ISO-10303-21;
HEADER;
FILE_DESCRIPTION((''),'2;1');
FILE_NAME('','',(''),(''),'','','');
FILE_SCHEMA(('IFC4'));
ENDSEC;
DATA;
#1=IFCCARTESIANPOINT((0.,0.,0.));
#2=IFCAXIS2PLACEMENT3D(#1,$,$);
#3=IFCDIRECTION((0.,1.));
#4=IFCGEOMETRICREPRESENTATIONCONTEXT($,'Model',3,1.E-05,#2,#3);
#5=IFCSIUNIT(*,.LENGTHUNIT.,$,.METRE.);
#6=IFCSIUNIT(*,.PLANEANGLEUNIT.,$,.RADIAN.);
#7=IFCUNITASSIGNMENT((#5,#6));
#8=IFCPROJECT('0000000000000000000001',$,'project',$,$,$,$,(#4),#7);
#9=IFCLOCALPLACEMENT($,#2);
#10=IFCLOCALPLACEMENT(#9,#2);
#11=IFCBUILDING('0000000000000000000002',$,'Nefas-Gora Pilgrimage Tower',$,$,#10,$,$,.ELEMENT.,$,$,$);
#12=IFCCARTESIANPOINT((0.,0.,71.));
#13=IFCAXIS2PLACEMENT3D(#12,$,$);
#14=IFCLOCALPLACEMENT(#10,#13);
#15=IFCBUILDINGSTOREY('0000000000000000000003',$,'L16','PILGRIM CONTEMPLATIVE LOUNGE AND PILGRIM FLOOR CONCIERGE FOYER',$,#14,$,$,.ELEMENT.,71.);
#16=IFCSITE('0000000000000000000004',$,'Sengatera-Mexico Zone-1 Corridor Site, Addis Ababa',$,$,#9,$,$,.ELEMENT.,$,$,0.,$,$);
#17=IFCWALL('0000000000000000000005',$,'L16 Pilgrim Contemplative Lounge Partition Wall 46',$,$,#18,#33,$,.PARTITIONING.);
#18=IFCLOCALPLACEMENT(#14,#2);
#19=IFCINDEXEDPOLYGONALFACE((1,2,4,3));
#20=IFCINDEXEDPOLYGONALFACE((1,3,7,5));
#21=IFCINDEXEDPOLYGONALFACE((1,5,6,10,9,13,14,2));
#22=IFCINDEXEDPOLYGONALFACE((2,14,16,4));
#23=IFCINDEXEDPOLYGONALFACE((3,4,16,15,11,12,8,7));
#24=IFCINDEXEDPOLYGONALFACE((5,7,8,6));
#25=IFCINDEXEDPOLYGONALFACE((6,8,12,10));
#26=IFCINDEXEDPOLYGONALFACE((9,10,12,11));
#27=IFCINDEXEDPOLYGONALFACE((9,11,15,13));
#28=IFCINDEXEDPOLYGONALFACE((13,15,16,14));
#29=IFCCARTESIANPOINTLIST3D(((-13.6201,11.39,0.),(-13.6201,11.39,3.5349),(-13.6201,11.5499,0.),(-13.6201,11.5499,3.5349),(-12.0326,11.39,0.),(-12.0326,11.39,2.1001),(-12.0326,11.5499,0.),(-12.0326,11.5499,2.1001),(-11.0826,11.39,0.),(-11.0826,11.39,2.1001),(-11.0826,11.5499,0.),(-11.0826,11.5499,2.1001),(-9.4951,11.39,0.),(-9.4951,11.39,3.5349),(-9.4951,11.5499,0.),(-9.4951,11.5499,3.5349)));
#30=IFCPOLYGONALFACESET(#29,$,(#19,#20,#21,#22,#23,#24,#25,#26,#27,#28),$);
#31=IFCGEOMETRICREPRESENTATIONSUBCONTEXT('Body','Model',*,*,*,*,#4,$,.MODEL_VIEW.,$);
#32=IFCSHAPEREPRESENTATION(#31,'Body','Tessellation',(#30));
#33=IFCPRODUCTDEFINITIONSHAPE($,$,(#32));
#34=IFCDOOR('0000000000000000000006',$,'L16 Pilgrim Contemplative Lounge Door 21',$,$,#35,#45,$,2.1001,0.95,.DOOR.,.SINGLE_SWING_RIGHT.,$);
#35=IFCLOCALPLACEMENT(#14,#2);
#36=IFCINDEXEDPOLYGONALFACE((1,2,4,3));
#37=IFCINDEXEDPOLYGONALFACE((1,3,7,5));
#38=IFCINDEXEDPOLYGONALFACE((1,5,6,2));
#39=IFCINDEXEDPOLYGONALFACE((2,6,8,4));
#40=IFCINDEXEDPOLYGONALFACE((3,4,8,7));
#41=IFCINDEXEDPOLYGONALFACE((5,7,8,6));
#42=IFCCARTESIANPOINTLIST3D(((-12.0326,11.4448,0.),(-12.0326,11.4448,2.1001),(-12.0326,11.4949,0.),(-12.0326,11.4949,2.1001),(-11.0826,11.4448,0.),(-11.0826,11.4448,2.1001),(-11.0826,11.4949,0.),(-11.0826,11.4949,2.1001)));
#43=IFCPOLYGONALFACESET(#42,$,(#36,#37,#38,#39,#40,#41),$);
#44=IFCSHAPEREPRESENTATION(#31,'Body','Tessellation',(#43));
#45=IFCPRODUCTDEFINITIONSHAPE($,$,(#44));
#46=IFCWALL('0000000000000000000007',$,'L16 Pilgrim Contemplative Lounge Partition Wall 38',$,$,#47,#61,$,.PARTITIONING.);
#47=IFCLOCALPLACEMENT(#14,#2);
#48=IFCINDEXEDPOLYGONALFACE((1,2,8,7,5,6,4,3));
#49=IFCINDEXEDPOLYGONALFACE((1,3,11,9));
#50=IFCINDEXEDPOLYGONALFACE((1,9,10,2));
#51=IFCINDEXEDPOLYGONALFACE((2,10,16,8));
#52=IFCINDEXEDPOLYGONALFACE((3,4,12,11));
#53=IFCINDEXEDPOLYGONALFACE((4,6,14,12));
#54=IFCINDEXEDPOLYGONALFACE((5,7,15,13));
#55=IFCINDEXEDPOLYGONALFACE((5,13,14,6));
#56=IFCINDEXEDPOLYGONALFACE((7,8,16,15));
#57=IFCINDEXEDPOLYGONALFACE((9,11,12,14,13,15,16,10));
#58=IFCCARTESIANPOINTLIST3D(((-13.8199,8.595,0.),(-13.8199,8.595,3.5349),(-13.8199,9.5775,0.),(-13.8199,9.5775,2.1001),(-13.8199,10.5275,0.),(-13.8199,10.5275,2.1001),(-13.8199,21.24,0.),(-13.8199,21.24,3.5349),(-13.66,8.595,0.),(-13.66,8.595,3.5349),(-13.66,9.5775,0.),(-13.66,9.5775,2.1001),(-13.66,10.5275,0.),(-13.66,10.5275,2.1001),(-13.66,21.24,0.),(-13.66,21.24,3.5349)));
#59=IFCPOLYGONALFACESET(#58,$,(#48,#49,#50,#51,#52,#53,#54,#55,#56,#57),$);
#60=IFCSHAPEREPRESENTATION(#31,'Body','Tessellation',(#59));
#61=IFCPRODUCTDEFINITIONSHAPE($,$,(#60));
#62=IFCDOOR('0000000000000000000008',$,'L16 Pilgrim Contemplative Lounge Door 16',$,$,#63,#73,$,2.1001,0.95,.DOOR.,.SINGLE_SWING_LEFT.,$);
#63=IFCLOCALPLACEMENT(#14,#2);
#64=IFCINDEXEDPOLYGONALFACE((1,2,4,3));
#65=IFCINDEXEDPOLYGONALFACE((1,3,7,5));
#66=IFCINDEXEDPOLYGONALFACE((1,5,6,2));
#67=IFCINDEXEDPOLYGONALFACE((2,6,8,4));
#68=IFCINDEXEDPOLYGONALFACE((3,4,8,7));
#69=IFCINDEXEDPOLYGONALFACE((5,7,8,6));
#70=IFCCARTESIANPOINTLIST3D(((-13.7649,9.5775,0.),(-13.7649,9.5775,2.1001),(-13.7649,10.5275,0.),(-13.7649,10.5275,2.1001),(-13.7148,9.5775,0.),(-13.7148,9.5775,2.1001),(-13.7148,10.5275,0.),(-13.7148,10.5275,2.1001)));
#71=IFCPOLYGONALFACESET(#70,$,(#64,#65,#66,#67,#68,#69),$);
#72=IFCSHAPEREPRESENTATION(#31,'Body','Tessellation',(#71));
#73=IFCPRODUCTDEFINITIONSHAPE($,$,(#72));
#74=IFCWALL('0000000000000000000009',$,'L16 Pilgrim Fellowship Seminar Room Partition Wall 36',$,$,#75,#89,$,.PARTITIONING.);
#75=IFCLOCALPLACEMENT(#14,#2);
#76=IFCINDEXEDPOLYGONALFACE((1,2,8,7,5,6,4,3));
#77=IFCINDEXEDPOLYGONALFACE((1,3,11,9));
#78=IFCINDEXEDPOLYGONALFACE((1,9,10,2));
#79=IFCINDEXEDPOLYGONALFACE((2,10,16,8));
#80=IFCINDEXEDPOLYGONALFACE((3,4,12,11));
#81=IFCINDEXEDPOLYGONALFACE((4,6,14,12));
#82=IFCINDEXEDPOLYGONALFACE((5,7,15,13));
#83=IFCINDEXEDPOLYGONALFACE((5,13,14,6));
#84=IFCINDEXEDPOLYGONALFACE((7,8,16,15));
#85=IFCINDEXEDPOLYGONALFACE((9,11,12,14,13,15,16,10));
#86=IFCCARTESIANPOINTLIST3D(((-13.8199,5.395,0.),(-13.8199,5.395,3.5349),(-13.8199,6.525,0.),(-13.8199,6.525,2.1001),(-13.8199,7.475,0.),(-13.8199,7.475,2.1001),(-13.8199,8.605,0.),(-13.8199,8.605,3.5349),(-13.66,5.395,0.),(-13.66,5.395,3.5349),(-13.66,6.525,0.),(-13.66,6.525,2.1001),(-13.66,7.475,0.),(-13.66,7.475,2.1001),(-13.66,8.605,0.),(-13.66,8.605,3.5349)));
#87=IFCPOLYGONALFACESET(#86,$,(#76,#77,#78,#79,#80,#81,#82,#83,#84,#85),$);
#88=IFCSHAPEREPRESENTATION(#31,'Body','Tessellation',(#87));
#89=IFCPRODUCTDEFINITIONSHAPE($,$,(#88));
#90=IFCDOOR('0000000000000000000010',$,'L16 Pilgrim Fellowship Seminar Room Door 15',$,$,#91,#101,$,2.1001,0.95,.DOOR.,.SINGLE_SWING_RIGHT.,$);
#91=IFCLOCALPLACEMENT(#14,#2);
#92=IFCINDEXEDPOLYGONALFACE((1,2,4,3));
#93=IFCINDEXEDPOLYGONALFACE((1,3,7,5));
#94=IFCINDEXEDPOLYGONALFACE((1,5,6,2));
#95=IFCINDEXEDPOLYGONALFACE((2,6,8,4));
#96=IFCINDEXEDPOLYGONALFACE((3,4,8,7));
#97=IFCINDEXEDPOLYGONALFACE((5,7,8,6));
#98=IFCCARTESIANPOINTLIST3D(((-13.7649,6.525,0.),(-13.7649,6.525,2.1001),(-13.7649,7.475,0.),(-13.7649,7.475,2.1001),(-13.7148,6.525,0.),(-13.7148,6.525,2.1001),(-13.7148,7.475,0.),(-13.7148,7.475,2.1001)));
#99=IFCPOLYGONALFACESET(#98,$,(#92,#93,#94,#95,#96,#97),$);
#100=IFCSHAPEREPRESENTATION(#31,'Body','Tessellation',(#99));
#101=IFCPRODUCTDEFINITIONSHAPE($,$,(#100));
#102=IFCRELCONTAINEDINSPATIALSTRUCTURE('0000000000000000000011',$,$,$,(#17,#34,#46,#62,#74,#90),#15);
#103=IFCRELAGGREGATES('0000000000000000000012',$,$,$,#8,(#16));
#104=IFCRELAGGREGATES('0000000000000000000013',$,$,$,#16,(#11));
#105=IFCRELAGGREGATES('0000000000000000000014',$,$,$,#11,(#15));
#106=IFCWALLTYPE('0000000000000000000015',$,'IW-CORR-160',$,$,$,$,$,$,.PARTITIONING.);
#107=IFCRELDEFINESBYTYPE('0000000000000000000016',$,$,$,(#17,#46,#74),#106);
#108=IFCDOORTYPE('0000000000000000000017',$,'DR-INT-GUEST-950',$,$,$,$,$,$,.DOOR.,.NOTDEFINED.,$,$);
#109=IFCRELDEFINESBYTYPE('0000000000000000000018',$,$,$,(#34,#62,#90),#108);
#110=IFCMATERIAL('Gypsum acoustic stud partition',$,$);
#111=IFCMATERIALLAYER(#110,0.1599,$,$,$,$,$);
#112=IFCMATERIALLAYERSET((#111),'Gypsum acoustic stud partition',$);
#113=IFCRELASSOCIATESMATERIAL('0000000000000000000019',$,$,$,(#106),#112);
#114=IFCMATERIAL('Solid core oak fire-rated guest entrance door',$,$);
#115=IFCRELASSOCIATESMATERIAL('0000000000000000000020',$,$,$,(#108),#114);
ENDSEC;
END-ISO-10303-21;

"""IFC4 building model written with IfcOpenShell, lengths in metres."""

from ifc_helpers import new_model, si_unit, direction, frame, frame_2d, origin, place, context, subcontext, project, spatial, rectangle, extrude, source, transform, mapped, material, layer, layer_set, type_object, element, fill, save


model = new_model("IFC4")

# Units and contexts
model_context = context("Model", 3, precision=1e-05, world=origin(), true_north=direction((0.0, 1.0)))
body_context = subcontext(model_context, "Body", "Model", "MODEL_VIEW")
ifc_project = project(units=[si_unit("LENGTHUNIT", "METRE"), si_unit("PLANEANGLEUNIT", "RADIAN")], contexts=[model_context])

# Site, building, storey
site_placement = place(None, origin())
site = spatial("IfcSite", under=ifc_project, at=site_placement, Name="Sengatera-Mexico Zone-1 Corridor Site, Addis Ababa", CompositionType="ELEMENT", RefElevation=0.0)
building_placement = place(site_placement, origin())
building = spatial("IfcBuilding", under=site, at=building_placement, Name="Nefas-Gora Pilgrimage Tower", CompositionType="ELEMENT")
storey_placement = place(building_placement, frame((0.0, 0.0, 71.0)))
storey = spatial("IfcBuildingStorey", under=building, at=storey_placement, Name="L16", Description="PILGRIM CONTEMPLATIVE LOUNGE AND PILGRIM FLOOR CONCIERGE FOYER", CompositionType="ELEMENT", Elevation=71.0)

# Walls, openings, doors
ifc_material_1 = material(Name="Gypsum acoustic stud partition")
ifc_layer_1 = layer(ifc_material_1, 0.1599)
ifc_layer_set_1 = layer_set([ifc_layer_1], Name="Gypsum acoustic stud partition")
wall_type_1 = type_object("IfcWallType", Name="IW-CORR-160", PredefinedType="PARTITIONING", material=ifc_layer_set_1)
shared_shape_1 = source(origin(), body_context, "Body", "SweptSolid", [
    extrude(rectangle(XDim=4.125, YDim=0.1599, at=frame_2d((2.0625, 0.0))), origin(), (0.0, 0.0, 1.0), 3.5349),
])
wall_1_placement = place(storey_placement, frame((-13.6201, 11.47, 0.0), z_axis=(0.0, 0.0, 1.0), x_axis=(1.0, 0.0, 0.0)))
wall_1 = element("IfcWall", 1, at=wall_1_placement, inside=storey, type_object=wall_type_1, Name="L16 Pilgrim Contemplative Lounge Partition Wall 46", PredefinedType="PARTITIONING", context=body_context, shape_type="MappedRepresentation", body=[
    mapped(shared_shape_1, transform((0.0, 0.0, 0.0), x_axis=(1.0, 0.0, 0.0), y_axis=(0.0, 1.0, 0.0), z_axis=(0.0, 0.0, 1.0), scale=1.0)),
])
opening_1_placement = place(wall_1_placement, frame((1.5874, 0.0, 0.0)))
opening_1 = element("IfcOpeningElement", 2, at=opening_1_placement, cuts=wall_1, PredefinedType="OPENING", context=body_context, shape_type="SweptSolid", body=[
    extrude(rectangle(XDim=0.95, YDim=2.1001, at=frame_2d((0.4751, 1.05))), frame((0.0, 0.0898, 0.0), z_axis=(0.0, -1.0, 0.0), x_axis=(1.0, 0.0, 0.0)), (0.0, 0.0, 1.0), 0.1799),
])
ifc_material_2 = material(Name="Solid core oak fire-rated guest entrance door")
door_type = type_object("IfcDoorType", Name="DR-INT-GUEST-950", OperationType="NOTDEFINED", PredefinedType="DOOR", material=ifc_material_2)
shared_shape_2 = source(origin(), body_context, "Body", "SweptSolid", [
    extrude(rectangle(XDim=0.95, YDim=2.1001, at=frame_2d((0.4751, 1.05))), frame((0.0, 0.0249, 0.0), z_axis=(0.0, -1.0, 0.0), x_axis=(1.0, 0.0, 0.0)), (0.0, 0.0, 1.0), 0.05),
])
door_1_placement = place(opening_1_placement, origin())
door_1 = element("IfcDoor", 3, at=door_1_placement, inside=storey, type_object=door_type, Name="L16 Pilgrim Contemplative Lounge Door 21", OperationType="SINGLE_SWING_RIGHT", OverallHeight=2.1001, OverallWidth=0.95, PredefinedType="DOOR", context=body_context, shape_type="MappedRepresentation", body=[
    mapped(shared_shape_2, transform((0.0, 0.0, 0.0), x_axis=(1.0, 0.0, 0.0), y_axis=(0.0, 1.0, 0.0), z_axis=(0.0, 0.0, 1.0), scale=1.0)),
])
fill(opening_1, door_1)
shared_shape_3 = source(origin(), body_context, "Body", "SweptSolid", [
    extrude(rectangle(XDim=12.645, YDim=0.1599, at=frame_2d((6.3225, 0.0))), origin(), (0.0, 0.0, 1.0), 3.5349),
])
wall_2_placement = place(storey_placement, frame((-13.74, 8.595, 0.0), z_axis=(0.0, 0.0, 1.0), x_axis=(0.0, 1.0, 0.0)))
wall_2 = element("IfcWall", 4, at=wall_2_placement, inside=storey, type_object=wall_type_1, Name="L16 Pilgrim Contemplative Lounge Partition Wall 38", PredefinedType="PARTITIONING", context=body_context, shape_type="MappedRepresentation", body=[
    mapped(shared_shape_3, transform((0.0, 0.0, 0.0), x_axis=(1.0, 0.0, 0.0), y_axis=(0.0, 1.0, 0.0), z_axis=(0.0, 0.0, 1.0), scale=1.0)),
])
opening_2_placement = place(wall_2_placement, frame((0.9824, 0.0, 0.0)))
opening_2 = element("IfcOpeningElement", 5, at=opening_2_placement, cuts=wall_2, PredefinedType="OPENING", context=body_context, shape_type="SweptSolid", body=[
    extrude(rectangle(XDim=0.95, YDim=2.1001, at=frame_2d((0.4751, 1.05))), frame((0.0, 0.0898, 0.0), z_axis=(0.0, -1.0, 0.0), x_axis=(1.0, 0.0, 0.0)), (0.0, 0.0, 1.0), 0.1799),
])
door_2_placement = place(opening_2_placement, origin())
door_2 = element("IfcDoor", 6, at=door_2_placement, inside=storey, type_object=door_type, Name="L16 Pilgrim Contemplative Lounge Door 16", OperationType="SINGLE_SWING_LEFT", OverallHeight=2.1001, OverallWidth=0.95, PredefinedType="DOOR", context=body_context, shape_type="MappedRepresentation", body=[
    mapped(shared_shape_2, transform((0.0, 0.0, 0.0), x_axis=(1.0, 0.0, 0.0), y_axis=(0.0, 1.0, 0.0), z_axis=(0.0, 0.0, 1.0), scale=1.0)),
])
fill(opening_2, door_2)
shared_shape_4 = source(origin(), body_context, "Body", "SweptSolid", [
    extrude(rectangle(XDim=3.21, YDim=0.1599, at=frame_2d((1.605, 0.0))), origin(), (0.0, 0.0, 1.0), 3.5349),
])
wall_3_placement = place(storey_placement, frame((-13.74, 5.395, 0.0), z_axis=(0.0, 0.0, 1.0), x_axis=(0.0, 1.0, 0.0)))
wall_3 = element("IfcWall", 7, at=wall_3_placement, inside=storey, type_object=wall_type_1, Name="L16 Pilgrim Fellowship Seminar Room Partition Wall 36", PredefinedType="PARTITIONING", context=body_context, shape_type="MappedRepresentation", body=[
    mapped(shared_shape_4, transform((0.0, 0.0, 0.0), x_axis=(1.0, 0.0, 0.0), y_axis=(0.0, 1.0, 0.0), z_axis=(0.0, 0.0, 1.0), scale=1.0)),
])
opening_3_placement = place(wall_3_placement, frame((1.1299, 0.0, 0.0)))
opening_3 = element("IfcOpeningElement", 8, at=opening_3_placement, cuts=wall_3, PredefinedType="OPENING", context=body_context, shape_type="SweptSolid", body=[
    extrude(rectangle(XDim=0.95, YDim=2.1001, at=frame_2d((0.4751, 1.05))), frame((0.0, 0.0898, 0.0), z_axis=(0.0, -1.0, 0.0), x_axis=(1.0, 0.0, 0.0)), (0.0, 0.0, 1.0), 0.1799),
])
door_3_placement = place(opening_3_placement, origin())
door_3 = element("IfcDoor", 9, at=door_3_placement, inside=storey, type_object=door_type, Name="L16 Pilgrim Fellowship Seminar Room Door 15", OperationType="SINGLE_SWING_RIGHT", OverallHeight=2.1001, OverallWidth=0.95, PredefinedType="DOOR", context=body_context, shape_type="MappedRepresentation", body=[
    mapped(shared_shape_2, transform((0.0, 0.0, 0.0), x_axis=(1.0, 0.0, 0.0), y_axis=(0.0, 1.0, 0.0), z_axis=(0.0, 0.0, 1.0), scale=1.0)),
])
fill(opening_3, door_3)

save(model, "model.ifc")
